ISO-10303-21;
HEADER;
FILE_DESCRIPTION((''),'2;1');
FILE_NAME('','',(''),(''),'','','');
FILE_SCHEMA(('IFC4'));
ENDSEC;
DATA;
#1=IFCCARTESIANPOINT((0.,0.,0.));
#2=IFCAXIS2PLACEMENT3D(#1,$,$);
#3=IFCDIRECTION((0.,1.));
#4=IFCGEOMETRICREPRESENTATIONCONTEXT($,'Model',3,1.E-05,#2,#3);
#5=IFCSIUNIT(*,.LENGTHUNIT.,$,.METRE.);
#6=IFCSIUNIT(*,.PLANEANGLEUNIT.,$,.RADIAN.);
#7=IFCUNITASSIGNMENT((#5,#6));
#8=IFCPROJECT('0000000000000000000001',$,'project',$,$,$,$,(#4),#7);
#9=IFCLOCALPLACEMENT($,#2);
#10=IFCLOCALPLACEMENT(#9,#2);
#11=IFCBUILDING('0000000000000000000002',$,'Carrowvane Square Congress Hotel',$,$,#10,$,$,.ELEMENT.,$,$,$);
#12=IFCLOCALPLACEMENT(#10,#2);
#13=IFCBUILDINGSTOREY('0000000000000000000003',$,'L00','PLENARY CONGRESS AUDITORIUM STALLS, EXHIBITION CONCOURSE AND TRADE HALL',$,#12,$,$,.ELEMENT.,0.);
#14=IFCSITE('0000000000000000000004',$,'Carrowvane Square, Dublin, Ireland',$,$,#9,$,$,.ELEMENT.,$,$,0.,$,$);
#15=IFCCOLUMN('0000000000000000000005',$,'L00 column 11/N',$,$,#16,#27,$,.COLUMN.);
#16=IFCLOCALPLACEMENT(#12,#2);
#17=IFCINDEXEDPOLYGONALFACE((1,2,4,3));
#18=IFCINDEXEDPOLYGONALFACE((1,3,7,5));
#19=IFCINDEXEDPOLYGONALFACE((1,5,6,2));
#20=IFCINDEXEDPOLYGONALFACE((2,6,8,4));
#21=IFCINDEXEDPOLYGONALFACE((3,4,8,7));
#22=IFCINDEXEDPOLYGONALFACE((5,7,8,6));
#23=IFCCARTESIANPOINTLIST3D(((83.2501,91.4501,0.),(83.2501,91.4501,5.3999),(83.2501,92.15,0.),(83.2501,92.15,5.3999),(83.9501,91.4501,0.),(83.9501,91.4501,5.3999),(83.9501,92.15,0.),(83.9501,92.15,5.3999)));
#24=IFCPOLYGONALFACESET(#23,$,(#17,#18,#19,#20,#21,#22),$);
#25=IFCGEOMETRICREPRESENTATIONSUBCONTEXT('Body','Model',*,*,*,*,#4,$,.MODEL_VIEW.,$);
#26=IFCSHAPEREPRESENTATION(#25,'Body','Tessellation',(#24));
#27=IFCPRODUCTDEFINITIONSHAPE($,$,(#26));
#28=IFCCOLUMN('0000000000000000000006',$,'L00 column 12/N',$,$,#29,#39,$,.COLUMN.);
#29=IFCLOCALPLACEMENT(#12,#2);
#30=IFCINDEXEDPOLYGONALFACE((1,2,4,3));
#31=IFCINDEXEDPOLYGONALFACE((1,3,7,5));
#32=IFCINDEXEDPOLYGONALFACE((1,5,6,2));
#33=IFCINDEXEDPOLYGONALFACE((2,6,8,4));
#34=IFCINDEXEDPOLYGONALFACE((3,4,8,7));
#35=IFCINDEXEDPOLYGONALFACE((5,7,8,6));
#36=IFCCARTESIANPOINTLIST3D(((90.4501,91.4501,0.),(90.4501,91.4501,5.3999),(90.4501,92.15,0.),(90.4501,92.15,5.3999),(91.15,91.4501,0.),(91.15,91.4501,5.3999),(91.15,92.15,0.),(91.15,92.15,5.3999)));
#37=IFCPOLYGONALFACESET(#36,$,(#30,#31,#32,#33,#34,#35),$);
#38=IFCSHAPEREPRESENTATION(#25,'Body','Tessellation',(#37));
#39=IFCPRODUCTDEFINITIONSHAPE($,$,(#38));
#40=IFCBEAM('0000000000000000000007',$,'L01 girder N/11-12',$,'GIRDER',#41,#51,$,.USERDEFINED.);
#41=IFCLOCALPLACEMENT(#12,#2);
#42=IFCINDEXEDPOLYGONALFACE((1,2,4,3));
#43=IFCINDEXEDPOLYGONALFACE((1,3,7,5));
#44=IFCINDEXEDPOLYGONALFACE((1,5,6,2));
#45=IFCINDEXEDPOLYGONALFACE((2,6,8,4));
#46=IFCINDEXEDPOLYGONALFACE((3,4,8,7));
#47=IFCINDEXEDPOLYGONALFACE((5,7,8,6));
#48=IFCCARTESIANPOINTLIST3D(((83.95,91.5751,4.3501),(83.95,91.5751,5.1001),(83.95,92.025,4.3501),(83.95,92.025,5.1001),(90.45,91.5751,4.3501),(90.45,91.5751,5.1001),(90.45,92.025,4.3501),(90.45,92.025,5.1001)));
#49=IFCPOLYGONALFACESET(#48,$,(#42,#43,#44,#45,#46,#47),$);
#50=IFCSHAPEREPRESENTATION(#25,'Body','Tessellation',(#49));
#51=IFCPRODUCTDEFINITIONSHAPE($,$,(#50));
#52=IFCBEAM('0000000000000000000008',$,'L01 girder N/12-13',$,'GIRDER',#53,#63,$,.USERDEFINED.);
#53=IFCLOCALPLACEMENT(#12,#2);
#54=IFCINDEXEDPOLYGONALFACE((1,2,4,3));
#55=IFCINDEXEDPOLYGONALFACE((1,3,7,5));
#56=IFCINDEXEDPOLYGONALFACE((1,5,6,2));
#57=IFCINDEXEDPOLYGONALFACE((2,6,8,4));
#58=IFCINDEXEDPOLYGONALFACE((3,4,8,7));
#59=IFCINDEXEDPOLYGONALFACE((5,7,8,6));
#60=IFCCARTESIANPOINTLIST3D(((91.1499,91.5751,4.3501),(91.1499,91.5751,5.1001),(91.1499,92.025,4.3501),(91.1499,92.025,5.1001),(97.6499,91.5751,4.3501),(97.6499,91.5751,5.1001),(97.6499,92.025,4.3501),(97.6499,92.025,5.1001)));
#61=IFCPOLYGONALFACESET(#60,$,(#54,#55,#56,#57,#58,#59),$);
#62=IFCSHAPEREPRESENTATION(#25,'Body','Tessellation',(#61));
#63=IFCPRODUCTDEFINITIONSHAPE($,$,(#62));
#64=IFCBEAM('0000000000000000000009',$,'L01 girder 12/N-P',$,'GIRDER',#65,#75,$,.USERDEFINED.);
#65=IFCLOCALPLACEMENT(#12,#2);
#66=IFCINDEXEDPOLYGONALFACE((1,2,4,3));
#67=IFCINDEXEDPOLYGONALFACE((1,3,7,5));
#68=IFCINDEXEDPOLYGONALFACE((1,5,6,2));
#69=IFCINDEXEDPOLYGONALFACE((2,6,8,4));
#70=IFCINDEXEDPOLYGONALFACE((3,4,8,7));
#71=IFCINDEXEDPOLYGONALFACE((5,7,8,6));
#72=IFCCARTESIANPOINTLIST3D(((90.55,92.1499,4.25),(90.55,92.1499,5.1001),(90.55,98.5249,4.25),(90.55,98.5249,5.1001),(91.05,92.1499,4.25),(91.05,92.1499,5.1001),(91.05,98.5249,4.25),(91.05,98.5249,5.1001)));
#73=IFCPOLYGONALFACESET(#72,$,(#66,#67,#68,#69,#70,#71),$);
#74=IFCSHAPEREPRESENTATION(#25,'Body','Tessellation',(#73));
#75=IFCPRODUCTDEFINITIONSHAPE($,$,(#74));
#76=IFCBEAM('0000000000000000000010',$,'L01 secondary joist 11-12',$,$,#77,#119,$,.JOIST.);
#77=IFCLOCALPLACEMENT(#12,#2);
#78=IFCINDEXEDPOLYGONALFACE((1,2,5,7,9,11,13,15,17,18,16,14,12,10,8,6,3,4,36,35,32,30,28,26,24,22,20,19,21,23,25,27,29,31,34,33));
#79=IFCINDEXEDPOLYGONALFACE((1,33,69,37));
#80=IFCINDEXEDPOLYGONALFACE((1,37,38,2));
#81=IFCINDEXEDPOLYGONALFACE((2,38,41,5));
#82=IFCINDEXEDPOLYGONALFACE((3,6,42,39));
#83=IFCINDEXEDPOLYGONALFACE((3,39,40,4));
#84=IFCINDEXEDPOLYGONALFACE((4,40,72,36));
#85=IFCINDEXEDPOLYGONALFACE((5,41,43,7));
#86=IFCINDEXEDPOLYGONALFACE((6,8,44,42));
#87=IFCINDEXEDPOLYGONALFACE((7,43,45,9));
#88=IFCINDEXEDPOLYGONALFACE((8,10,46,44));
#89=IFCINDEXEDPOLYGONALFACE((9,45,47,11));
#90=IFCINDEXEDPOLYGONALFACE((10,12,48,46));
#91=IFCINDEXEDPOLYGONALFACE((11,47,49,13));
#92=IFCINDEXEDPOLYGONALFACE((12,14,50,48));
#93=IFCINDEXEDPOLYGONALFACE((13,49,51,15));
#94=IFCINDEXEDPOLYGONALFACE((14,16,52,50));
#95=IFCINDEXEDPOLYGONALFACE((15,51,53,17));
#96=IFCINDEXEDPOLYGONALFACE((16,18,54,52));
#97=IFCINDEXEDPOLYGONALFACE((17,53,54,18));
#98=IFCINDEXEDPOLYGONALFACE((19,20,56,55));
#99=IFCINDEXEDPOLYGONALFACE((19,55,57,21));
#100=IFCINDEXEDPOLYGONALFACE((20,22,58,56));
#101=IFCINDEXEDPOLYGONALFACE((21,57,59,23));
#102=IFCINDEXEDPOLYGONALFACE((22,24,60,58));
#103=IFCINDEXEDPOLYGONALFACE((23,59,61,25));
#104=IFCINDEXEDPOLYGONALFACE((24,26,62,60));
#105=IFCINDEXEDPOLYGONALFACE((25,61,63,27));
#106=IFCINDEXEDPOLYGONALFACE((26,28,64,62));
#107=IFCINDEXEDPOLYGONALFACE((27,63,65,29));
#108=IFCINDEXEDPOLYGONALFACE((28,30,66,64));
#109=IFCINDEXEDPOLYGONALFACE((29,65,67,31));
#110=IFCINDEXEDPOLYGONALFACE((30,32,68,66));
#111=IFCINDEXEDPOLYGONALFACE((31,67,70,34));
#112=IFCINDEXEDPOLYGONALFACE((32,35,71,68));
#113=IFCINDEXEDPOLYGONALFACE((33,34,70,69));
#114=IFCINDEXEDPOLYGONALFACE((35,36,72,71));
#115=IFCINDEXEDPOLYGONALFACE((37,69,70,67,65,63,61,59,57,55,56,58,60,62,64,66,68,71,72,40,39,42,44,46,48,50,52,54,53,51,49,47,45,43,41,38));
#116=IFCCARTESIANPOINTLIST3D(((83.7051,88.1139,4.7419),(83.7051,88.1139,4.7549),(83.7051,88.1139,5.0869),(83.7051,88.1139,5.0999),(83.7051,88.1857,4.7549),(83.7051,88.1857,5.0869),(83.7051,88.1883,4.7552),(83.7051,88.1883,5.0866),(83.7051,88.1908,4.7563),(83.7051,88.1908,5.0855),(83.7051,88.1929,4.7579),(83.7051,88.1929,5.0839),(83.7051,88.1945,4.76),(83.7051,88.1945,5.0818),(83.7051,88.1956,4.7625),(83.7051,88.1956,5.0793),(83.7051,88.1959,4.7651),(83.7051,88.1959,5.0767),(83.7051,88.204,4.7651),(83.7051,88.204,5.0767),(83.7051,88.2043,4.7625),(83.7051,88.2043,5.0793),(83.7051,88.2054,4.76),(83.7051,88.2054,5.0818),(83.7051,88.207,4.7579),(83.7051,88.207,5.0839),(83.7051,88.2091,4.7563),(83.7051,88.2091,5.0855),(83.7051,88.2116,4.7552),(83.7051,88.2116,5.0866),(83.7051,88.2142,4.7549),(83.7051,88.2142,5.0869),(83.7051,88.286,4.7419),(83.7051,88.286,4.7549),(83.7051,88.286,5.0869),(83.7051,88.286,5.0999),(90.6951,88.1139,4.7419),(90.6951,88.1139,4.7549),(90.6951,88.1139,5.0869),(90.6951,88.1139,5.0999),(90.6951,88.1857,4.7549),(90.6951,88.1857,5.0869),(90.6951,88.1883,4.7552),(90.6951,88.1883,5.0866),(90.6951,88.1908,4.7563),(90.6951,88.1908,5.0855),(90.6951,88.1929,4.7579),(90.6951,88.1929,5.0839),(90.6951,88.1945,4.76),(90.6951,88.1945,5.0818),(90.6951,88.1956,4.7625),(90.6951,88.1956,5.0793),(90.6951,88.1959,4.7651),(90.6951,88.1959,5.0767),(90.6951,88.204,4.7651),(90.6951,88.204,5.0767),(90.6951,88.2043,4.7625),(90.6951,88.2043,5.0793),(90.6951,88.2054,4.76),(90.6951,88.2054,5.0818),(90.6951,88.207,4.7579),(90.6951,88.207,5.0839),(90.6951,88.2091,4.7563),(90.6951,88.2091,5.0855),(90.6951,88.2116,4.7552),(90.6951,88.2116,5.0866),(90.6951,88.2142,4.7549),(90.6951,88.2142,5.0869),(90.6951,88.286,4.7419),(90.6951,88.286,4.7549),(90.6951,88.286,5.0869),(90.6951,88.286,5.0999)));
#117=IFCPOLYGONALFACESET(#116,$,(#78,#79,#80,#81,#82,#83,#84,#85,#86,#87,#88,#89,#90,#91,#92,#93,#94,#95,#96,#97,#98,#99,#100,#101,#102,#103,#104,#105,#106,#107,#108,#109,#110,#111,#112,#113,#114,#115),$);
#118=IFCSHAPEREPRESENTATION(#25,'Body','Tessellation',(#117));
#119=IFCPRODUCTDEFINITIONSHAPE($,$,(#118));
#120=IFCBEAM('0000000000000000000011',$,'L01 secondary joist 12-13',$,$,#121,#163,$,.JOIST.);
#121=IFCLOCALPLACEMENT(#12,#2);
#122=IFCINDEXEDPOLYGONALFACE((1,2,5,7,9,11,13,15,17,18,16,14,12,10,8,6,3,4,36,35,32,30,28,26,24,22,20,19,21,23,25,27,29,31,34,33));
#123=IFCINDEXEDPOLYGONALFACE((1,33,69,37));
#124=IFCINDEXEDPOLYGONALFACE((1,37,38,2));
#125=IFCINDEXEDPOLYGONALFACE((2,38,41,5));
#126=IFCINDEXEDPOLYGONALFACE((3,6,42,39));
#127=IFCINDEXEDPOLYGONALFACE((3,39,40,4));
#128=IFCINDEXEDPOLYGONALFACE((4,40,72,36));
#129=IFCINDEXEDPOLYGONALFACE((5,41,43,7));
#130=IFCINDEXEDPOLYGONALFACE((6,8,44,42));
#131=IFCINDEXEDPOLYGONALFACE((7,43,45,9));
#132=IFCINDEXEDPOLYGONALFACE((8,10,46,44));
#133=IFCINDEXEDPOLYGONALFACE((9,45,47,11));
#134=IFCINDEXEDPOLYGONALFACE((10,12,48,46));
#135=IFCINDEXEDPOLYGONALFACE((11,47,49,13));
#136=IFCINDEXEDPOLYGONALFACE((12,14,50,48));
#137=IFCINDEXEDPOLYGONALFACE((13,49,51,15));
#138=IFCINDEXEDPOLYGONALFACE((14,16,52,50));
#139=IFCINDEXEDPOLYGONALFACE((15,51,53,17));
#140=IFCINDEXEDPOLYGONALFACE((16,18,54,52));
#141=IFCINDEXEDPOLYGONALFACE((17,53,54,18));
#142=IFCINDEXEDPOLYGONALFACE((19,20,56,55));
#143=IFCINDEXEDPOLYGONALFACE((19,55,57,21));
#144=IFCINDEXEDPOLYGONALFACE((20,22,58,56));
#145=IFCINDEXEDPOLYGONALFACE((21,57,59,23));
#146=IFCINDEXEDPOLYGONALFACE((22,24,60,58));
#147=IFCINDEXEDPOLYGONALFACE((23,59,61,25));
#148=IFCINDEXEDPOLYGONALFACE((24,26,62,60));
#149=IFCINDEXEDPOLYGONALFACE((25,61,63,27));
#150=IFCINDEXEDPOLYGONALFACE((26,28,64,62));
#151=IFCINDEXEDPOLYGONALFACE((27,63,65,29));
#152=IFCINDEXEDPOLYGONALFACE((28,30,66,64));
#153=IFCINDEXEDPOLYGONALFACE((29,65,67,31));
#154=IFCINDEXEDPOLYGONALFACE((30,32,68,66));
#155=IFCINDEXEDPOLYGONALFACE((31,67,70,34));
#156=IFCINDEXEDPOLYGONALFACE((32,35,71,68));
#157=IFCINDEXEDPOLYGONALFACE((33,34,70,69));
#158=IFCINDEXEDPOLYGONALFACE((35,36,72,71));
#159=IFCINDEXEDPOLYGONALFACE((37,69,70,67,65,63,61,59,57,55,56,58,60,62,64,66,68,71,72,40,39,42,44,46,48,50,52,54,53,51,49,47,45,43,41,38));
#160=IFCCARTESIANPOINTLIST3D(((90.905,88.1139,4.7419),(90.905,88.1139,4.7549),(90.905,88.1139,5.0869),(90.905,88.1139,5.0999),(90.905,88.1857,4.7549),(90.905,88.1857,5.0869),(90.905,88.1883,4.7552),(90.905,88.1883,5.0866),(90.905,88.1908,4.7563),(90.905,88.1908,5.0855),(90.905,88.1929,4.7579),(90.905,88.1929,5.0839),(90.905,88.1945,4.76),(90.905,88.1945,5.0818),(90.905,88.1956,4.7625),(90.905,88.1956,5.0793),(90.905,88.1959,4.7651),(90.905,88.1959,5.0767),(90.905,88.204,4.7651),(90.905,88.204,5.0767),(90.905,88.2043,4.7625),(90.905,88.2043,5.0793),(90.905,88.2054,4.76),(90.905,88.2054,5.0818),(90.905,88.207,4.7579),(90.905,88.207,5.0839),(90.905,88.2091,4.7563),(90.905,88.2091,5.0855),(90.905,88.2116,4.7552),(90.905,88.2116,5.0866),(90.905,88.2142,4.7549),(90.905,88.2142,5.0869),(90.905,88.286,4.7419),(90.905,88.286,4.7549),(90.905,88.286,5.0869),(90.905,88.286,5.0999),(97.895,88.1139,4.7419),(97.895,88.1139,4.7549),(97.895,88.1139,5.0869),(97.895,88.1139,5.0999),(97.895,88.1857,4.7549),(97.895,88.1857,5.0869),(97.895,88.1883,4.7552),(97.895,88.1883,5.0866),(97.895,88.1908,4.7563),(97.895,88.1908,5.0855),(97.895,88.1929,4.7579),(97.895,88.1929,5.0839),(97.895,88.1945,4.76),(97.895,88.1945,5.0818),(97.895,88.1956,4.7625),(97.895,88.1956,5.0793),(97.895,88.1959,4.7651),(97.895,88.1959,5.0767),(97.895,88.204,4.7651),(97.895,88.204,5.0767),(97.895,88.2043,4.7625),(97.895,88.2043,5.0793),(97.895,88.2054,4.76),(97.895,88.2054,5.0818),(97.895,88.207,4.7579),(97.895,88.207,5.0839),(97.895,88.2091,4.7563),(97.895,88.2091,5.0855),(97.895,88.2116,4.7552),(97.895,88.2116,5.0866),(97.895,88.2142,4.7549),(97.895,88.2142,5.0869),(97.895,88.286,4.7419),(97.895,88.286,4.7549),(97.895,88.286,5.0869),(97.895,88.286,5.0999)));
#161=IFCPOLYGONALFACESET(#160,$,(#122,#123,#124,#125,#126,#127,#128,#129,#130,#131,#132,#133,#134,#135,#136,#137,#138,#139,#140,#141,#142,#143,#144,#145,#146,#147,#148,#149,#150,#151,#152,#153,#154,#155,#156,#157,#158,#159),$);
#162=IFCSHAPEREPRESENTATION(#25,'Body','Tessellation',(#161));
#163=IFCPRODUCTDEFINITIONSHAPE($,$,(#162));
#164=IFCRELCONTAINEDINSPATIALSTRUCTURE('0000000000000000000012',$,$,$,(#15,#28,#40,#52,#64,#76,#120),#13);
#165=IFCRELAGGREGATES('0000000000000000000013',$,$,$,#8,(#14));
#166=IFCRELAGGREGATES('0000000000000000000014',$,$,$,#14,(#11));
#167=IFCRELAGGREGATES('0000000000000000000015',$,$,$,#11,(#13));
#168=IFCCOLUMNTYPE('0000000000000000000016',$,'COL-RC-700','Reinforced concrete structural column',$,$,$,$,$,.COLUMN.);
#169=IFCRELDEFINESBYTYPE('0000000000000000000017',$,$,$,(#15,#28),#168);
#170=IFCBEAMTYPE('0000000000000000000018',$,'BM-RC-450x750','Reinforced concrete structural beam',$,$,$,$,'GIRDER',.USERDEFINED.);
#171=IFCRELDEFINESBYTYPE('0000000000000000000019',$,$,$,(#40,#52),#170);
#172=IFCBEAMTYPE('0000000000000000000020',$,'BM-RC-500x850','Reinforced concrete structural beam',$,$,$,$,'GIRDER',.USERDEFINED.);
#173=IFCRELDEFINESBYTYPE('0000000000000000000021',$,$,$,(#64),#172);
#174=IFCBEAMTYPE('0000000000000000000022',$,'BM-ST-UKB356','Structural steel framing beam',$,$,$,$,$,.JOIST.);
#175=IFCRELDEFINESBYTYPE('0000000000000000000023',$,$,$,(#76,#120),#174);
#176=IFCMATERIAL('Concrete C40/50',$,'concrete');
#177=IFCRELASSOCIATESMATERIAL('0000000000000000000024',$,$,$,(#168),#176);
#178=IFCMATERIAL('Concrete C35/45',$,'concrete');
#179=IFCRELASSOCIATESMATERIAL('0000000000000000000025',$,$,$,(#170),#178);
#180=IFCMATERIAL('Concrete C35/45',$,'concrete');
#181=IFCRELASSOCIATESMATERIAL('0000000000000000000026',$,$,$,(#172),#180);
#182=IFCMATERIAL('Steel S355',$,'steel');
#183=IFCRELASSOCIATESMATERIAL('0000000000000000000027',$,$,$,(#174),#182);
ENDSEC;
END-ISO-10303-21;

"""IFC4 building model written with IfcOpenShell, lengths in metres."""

from ifc_helpers import new_model, si_unit, direction, frame, origin, origin_2d, place, context, subcontext, project, spatial, rectangle, i_section, extrude, material, material_profile, profile_set, type_object, element, save


model = new_model("IFC4")

# Units and contexts
model_context = context("Model", 3, precision=1e-05, world=origin(), true_north=direction((0.0, 1.0)))
body_context = subcontext(model_context, "Body", "Model", "MODEL_VIEW")
ifc_project = project(units=[si_unit("LENGTHUNIT", "METRE"), si_unit("PLANEANGLEUNIT", "RADIAN")], contexts=[model_context])

# Site, building, storey
site_placement = place(None, origin())
site = spatial("IfcSite", under=ifc_project, at=site_placement, Name="Carrowvane Square, Dublin, Ireland", CompositionType="ELEMENT", RefElevation=0.0)
building_placement = place(site_placement, origin())
building = spatial("IfcBuilding", under=site, at=building_placement, Name="Carrowvane Square Congress Hotel", CompositionType="ELEMENT")
storey_placement = place(building_placement, origin())
storey = spatial("IfcBuildingStorey", under=building, at=storey_placement, Name="L00", Description="PLENARY CONGRESS AUDITORIUM STALLS, EXHIBITION CONCOURSE AND TRADE HALL", CompositionType="ELEMENT", Elevation=0.0)

# Columns
ifc_material_1 = material(Name="Concrete C40/50", Category="concrete")
ifc_material_profile_1 = material_profile(ifc_material_1, rectangle(XDim=0.7, YDim=0.7, at=origin_2d()), Name="RC 700x700")
ifc_profile_set_1 = profile_set([ifc_material_profile_1], Name="Concrete C40/50")
column_type = type_object("IfcColumnType", Name="COL-RC-700", Description="Reinforced concrete structural column", PredefinedType="COLUMN", material=ifc_profile_set_1)
for number, where, z_axis, x_axis, name in (
    (1, (83.6001, 91.8, 0.0), (0.0, 0.0, 1.0), (1.0, 0.0, 0.0), "L00 column 11/N"),
    (2, (90.8, 91.8, 0.0), (0.0, 0.0, 1.0), (1.0, 0.0, 0.0), "L00 column 12/N"),
):
    element("IfcColumn", number, at=place(storey_placement, frame(where, z_axis=z_axis, x_axis=x_axis)), inside=storey, type_object=column_type, Name=name, PredefinedType="COLUMN", context=body_context, shape_type="SweptSolid", body=[
        extrude(rectangle(XDim=0.7, YDim=0.7, at=origin_2d()), origin(), (0.0, 0.0, 1.0), 5.3999),
    ])

# Beams
ifc_material_2 = material(Name="Concrete C35/45", Category="concrete")
ifc_material_profile_2 = material_profile(ifc_material_2, rectangle(XDim=0.45, YDim=0.75, at=origin_2d()), Name="RC 450x750")
ifc_profile_set_2 = profile_set([ifc_material_profile_2], Name="Concrete C35/45")
beam_type_1 = type_object("IfcBeamType", Name="BM-RC-450x750", Description="Reinforced concrete structural beam", ElementType="GIRDER", PredefinedType="USERDEFINED", material=ifc_profile_set_2)
for number, where, z_axis, x_axis, name in (
    (3, (83.95, 91.8, 4.7251), (1.0, 0.0, 0.0), (0.0, 1.0, 0.0), "L01 girder N/11-12"),
    (4, (91.1499, 91.8, 4.7251), (1.0, 0.0, 0.0), (0.0, 1.0, 0.0), "L01 girder N/12-13"),
):
    element("IfcBeam", number, at=place(storey_placement, frame(where, z_axis=z_axis, x_axis=x_axis)), inside=storey, type_object=beam_type_1, Name=name, ObjectType="GIRDER", PredefinedType="USERDEFINED", context=body_context, shape_type="SweptSolid", body=[
        extrude(rectangle(XDim=0.45, YDim=0.75, at=origin_2d()), origin(), (0.0, 0.0, 1.0), 6.5),
    ])
ifc_material_3 = material(Name="Concrete C35/45", Category="concrete")
ifc_material_profile_3 = material_profile(ifc_material_3, rectangle(XDim=0.5, YDim=0.8501, at=origin_2d()), Name="RC 500x850")
ifc_profile_set_3 = profile_set([ifc_material_profile_3], Name="Concrete C35/45")
beam_type_2 = type_object("IfcBeamType", Name="BM-RC-500x850", Description="Reinforced concrete structural beam", ElementType="GIRDER", PredefinedType="USERDEFINED", material=ifc_profile_set_3)
beam_1_placement = place(storey_placement, frame((90.8, 92.1499, 4.675), z_axis=(0.0, 1.0, 0.0), x_axis=(-1.0, 0.0, 0.0)))
element("IfcBeam", 5, at=beam_1_placement, inside=storey, type_object=beam_type_2, Name="L01 girder 12/N-P", ObjectType="GIRDER", PredefinedType="USERDEFINED", context=body_context, shape_type="SweptSolid", body=[
    extrude(rectangle(XDim=0.5, YDim=0.8501, at=origin_2d()), origin(), (0.0, 0.0, 1.0), 6.375),
])
ifc_material_4 = material(Name="Steel S355", Category="steel")
ifc_material_profile_4 = material_profile(ifc_material_4, i_section(OverallWidth=0.1721, OverallDepth=0.3579, WebThickness=0.0081, FlangeThickness=0.0129, FilletRadius=0.0103, at=origin_2d()), Name="UKB 356x171x57")
ifc_profile_set_4 = profile_set([ifc_material_profile_4], Name="Steel S355")
beam_type_3 = type_object("IfcBeamType", Name="BM-ST-UKB356", Description="Structural steel framing beam", PredefinedType="JOIST", material=ifc_profile_set_4)
for number, where, z_axis, x_axis, name in (
    (6, (83.7051, 88.2, 4.9209), (1.0, 0.0, 0.0), (0.0, 1.0, 0.0), "L01 secondary joist 11-12"),
    (7, (90.905, 88.2, 4.9209), (1.0, 0.0, 0.0), (0.0, 1.0, 0.0), "L01 secondary joist 12-13"),
):
    element("IfcBeam", number, at=place(storey_placement, frame(where, z_axis=z_axis, x_axis=x_axis)), inside=storey, type_object=beam_type_3, Name=name, PredefinedType="JOIST", context=body_context, shape_type="SweptSolid", body=[
        extrude(i_section(OverallWidth=0.1721, OverallDepth=0.3579, WebThickness=0.0081, FlangeThickness=0.0129, FilletRadius=0.0103, at=origin_2d()), origin(), (0.0, 0.0, 1.0), 6.99),
    ])

save(model, "model.ifc")
